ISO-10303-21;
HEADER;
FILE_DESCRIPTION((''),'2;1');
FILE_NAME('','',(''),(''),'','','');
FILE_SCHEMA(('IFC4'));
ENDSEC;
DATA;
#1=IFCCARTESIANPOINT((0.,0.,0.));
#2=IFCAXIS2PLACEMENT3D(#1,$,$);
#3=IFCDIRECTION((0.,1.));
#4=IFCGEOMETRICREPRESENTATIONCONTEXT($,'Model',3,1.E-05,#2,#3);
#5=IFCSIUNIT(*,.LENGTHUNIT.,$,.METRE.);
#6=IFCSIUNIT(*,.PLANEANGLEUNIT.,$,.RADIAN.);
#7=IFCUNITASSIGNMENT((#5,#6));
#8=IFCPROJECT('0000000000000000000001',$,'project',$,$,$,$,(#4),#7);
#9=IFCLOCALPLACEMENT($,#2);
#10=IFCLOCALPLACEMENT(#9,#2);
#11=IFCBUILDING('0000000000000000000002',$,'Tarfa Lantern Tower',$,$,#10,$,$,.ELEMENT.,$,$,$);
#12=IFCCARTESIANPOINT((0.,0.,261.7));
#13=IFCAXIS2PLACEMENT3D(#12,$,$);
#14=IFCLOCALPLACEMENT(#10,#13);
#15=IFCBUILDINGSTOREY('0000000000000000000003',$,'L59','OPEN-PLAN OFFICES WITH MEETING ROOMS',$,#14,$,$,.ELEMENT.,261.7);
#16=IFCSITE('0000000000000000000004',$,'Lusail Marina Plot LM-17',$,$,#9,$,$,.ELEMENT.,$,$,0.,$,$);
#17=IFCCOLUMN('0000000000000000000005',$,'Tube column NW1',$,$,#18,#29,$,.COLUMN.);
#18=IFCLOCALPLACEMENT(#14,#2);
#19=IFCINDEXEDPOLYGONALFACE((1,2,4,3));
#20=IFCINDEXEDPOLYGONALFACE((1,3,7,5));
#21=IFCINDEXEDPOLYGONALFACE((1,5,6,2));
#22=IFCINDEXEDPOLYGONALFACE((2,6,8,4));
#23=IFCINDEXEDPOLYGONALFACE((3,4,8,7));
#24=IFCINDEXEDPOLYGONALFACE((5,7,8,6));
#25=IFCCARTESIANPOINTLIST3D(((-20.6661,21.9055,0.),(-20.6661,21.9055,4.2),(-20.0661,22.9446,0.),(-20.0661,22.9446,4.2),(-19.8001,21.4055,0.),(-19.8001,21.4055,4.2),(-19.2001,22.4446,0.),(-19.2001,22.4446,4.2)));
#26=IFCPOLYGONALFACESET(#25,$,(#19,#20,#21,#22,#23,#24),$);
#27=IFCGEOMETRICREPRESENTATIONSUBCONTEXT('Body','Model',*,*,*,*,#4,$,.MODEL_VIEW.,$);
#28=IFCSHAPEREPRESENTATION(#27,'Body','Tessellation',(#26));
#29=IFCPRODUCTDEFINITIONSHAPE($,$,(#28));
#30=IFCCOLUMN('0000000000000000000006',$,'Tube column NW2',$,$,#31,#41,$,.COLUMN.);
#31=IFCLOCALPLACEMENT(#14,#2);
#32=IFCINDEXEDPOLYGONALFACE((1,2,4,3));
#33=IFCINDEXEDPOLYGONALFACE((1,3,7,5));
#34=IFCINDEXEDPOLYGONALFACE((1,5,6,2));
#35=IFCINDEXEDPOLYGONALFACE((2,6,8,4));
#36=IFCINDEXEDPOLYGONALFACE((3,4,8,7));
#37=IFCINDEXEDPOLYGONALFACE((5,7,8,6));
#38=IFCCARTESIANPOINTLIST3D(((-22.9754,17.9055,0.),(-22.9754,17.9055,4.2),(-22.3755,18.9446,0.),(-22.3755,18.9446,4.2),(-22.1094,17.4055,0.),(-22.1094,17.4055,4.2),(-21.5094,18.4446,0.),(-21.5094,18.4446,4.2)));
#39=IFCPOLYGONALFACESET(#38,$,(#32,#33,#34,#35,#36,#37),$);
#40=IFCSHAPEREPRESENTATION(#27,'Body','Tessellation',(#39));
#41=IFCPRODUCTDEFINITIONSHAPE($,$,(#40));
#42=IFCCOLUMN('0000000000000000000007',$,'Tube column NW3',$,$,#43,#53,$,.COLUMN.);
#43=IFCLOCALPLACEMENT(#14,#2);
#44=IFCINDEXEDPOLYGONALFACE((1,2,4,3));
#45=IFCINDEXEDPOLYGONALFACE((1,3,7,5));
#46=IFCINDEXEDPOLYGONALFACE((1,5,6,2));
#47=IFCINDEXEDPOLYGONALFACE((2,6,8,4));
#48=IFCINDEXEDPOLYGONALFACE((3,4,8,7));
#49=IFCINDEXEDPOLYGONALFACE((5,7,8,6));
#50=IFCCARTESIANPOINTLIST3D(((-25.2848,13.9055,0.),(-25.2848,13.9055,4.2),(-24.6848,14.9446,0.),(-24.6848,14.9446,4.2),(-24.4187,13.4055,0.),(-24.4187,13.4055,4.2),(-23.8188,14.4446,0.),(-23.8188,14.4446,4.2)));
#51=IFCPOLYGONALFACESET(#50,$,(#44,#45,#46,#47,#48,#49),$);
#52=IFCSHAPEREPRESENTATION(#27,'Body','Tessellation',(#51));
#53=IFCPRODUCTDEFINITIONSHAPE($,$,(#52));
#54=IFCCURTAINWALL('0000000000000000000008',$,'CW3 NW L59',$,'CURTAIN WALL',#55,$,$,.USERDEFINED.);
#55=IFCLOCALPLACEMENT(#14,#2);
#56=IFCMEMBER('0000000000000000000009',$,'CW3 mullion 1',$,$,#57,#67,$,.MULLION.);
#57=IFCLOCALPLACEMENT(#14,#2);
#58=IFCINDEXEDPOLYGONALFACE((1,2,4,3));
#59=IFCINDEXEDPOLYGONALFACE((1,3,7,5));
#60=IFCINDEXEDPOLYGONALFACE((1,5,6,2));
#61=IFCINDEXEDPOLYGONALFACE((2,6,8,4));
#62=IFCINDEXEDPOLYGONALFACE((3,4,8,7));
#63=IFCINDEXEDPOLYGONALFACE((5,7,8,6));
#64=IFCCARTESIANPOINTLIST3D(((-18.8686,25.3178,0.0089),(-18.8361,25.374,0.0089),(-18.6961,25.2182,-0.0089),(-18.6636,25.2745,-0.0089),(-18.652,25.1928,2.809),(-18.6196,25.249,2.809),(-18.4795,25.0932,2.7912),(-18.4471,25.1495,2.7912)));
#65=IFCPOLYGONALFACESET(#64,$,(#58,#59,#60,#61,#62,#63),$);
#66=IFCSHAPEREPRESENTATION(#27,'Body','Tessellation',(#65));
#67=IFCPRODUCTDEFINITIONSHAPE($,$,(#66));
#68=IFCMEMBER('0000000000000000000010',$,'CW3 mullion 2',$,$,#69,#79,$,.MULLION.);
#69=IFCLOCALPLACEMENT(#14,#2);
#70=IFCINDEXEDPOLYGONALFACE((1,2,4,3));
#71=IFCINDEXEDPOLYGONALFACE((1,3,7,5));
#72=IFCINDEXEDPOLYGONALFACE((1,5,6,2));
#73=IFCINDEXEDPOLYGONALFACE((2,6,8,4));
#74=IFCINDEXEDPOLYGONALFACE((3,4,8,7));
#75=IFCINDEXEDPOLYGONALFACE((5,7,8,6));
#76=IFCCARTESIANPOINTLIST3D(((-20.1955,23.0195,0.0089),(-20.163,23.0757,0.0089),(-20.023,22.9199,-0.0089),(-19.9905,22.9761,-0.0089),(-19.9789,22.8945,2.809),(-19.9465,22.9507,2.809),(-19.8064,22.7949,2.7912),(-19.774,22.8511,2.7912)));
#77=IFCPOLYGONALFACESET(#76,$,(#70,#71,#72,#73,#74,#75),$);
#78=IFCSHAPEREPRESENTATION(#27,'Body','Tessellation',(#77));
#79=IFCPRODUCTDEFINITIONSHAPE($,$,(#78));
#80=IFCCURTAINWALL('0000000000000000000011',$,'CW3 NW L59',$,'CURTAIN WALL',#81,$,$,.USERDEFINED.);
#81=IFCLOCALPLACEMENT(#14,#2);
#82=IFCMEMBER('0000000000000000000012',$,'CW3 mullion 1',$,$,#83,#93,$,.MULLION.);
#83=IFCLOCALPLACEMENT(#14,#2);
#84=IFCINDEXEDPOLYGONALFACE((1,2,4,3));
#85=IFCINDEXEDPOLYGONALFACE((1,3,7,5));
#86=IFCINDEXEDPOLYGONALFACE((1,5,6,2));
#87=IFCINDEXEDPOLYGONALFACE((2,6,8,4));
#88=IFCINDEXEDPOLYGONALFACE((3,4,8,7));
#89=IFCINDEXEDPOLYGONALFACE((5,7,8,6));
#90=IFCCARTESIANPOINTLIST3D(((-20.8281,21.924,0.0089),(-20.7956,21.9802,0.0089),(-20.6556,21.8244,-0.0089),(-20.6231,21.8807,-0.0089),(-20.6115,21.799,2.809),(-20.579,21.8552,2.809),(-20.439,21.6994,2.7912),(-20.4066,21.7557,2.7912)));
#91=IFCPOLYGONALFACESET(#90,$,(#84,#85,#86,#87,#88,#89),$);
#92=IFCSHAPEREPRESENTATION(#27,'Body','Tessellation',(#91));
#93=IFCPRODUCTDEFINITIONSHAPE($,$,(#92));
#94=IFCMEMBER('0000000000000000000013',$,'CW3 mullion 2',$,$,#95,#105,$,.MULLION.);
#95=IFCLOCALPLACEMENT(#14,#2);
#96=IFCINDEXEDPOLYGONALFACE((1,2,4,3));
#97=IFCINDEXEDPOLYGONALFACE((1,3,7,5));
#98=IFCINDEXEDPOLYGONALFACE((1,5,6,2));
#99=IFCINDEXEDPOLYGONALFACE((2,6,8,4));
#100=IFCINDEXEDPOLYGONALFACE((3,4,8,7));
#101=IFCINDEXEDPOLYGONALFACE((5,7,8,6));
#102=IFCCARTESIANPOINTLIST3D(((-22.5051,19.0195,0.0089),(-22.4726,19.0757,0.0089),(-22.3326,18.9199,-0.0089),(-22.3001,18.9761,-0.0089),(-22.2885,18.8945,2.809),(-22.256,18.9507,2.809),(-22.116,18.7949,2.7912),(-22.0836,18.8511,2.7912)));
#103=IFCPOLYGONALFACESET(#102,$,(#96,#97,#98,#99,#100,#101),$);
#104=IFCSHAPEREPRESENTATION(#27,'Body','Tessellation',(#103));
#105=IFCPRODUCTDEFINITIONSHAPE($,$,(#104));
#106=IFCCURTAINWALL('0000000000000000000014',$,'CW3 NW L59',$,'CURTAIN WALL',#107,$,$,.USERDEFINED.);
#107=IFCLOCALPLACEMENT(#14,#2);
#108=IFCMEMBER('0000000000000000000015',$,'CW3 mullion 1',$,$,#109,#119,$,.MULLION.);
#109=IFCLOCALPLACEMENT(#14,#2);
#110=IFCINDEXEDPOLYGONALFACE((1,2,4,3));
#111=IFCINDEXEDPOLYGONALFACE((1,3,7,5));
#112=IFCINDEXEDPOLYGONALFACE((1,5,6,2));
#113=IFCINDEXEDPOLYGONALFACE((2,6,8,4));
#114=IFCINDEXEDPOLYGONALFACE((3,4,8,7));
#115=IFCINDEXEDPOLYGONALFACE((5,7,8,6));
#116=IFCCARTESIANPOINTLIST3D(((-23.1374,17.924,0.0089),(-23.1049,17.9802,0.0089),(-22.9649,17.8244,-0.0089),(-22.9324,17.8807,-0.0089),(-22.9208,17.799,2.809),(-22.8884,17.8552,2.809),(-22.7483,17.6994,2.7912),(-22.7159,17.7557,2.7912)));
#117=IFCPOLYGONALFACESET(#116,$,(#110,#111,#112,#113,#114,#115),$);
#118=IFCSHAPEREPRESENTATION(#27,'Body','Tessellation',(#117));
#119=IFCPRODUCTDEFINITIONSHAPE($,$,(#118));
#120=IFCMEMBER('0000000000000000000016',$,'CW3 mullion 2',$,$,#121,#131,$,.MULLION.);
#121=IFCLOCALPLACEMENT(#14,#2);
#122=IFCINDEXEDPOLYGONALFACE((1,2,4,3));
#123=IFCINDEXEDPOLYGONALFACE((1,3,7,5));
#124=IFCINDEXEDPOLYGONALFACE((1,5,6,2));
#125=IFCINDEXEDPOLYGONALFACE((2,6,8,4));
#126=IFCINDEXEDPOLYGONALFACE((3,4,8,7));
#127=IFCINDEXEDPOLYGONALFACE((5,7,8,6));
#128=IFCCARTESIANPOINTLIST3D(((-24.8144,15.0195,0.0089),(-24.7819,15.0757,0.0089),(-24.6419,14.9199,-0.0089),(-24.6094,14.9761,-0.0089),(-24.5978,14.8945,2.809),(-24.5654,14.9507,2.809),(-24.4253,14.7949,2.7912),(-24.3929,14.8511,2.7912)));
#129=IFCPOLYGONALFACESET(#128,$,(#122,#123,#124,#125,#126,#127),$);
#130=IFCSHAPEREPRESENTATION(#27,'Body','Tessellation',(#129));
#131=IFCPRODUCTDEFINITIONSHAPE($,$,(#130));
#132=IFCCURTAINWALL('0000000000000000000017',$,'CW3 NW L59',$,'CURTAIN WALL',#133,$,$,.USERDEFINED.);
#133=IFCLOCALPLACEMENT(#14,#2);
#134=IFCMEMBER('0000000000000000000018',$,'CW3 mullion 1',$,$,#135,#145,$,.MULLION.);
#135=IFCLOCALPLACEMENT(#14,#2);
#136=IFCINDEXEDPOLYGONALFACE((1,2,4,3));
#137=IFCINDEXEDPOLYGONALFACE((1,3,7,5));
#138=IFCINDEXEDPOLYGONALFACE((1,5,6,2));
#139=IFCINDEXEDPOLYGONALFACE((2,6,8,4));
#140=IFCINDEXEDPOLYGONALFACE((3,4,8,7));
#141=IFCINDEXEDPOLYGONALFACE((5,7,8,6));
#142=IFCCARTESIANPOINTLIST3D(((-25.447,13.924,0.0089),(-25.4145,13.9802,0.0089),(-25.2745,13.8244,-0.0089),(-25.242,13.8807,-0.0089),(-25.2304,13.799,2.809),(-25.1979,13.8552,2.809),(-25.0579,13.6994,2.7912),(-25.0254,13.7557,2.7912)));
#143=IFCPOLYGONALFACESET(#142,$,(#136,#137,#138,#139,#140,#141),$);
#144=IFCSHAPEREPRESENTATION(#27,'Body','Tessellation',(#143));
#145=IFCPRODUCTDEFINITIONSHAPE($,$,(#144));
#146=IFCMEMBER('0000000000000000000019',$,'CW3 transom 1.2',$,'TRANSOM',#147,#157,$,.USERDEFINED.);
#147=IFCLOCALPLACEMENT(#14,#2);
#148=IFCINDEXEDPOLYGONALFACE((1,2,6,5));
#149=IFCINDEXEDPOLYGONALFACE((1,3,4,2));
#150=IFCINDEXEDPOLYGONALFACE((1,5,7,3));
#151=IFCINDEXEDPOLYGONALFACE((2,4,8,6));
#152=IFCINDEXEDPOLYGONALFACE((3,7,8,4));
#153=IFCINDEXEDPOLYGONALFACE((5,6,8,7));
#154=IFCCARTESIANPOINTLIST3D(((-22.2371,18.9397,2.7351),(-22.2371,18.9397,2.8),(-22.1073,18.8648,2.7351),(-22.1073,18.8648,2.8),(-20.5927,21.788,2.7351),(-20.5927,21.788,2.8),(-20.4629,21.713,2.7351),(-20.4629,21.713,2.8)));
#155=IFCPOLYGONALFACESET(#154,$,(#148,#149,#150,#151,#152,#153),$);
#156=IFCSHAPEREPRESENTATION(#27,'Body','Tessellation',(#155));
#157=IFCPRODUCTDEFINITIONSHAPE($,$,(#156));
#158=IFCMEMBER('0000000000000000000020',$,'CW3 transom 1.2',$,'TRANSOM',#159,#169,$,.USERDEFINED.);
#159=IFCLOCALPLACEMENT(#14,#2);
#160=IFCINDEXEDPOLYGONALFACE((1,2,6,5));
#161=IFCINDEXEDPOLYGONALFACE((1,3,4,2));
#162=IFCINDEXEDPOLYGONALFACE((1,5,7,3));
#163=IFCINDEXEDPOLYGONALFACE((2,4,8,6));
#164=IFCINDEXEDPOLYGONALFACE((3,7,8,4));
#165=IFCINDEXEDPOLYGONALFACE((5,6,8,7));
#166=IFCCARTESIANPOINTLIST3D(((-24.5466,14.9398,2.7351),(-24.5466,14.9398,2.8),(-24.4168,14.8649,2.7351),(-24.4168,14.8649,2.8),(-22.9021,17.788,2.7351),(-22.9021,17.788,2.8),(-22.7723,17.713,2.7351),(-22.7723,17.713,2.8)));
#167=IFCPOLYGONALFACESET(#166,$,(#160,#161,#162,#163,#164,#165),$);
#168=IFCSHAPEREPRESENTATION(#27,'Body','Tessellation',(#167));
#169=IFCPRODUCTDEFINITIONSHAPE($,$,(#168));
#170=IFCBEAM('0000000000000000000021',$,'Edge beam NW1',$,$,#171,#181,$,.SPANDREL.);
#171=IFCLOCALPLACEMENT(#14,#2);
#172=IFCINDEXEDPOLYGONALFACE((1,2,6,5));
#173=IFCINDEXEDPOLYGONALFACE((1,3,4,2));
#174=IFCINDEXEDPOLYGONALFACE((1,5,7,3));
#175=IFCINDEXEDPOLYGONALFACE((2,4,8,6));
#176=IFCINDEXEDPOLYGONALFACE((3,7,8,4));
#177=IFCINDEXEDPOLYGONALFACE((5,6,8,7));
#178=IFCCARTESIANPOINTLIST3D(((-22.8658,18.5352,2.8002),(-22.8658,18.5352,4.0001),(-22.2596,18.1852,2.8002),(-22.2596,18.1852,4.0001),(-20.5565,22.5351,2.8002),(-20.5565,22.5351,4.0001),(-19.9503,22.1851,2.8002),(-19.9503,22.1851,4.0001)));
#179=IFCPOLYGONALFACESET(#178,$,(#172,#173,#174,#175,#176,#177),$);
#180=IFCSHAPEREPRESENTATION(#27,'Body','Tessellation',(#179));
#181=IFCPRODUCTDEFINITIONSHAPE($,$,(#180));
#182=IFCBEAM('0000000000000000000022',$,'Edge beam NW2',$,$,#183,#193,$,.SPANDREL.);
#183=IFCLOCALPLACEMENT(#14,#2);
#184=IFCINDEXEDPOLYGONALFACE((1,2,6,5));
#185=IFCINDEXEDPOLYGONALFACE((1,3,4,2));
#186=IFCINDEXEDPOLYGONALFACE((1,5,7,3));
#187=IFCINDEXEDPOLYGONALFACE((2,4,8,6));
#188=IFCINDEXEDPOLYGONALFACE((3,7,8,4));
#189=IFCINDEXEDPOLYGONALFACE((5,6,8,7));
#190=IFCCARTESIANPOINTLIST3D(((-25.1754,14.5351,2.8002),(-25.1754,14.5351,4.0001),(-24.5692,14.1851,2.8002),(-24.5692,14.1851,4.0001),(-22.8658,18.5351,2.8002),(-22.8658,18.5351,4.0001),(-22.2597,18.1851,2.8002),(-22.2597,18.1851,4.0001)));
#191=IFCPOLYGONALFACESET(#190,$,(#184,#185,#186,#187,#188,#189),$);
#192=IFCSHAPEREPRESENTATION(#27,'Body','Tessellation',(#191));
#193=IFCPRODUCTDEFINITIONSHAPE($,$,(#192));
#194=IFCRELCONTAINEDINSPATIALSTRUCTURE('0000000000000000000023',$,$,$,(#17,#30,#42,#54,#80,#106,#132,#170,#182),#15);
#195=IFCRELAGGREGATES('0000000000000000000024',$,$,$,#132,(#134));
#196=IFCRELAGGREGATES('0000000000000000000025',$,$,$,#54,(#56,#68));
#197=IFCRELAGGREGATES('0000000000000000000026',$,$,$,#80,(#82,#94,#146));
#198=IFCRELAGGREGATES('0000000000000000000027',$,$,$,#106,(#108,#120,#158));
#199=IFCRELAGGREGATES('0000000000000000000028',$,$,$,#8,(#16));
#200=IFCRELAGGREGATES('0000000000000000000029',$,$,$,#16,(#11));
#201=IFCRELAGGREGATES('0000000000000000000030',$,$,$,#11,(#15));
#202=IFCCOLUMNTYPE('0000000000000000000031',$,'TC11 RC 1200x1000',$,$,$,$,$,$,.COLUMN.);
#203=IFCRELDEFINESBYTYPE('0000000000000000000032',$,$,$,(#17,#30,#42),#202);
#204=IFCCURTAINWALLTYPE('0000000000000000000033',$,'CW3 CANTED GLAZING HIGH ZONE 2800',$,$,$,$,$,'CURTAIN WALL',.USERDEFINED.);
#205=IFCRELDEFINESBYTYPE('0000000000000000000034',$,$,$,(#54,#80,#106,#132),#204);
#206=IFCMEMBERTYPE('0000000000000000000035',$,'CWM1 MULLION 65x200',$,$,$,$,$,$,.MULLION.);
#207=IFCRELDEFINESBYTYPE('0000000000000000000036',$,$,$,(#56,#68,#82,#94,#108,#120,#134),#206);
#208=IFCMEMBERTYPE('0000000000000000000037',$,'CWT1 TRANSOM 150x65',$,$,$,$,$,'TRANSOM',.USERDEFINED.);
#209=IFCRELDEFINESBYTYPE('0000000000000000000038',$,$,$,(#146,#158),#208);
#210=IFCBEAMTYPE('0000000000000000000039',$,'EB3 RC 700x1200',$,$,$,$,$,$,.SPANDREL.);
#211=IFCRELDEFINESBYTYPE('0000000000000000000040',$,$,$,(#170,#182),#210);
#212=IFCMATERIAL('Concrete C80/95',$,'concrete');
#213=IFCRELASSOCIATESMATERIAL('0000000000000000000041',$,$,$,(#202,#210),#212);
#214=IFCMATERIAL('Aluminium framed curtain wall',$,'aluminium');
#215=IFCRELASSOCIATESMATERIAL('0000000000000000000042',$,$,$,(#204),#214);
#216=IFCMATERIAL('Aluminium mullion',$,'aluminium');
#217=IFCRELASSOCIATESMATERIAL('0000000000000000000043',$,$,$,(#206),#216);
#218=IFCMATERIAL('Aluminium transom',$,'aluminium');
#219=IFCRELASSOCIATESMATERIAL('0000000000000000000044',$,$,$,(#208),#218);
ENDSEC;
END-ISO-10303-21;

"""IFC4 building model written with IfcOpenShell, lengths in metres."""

from ifc_helpers import new_model, si_unit, direction, frame, origin, origin_2d, place, context, subcontext, project, spatial, rectangle, extrude, material, material_profile, profile_set, type_object, element, aggregate, save


model = new_model("IFC4")

# Units and contexts
model_context = context("Model", 3, precision=1e-05, world=origin(), true_north=direction((0.0, 1.0)))
body_context = subcontext(model_context, "Body", "Model", "MODEL_VIEW")
ifc_project = project(units=[si_unit("LENGTHUNIT", "METRE"), si_unit("PLANEANGLEUNIT", "RADIAN")], contexts=[model_context])

# Site, building, storey
site_placement = place(None, origin())
site = spatial("IfcSite", under=ifc_project, at=site_placement, Name="Lusail Marina Plot LM-17", CompositionType="ELEMENT", RefElevation=0.0)
building_placement = place(site_placement, origin())
building = spatial("IfcBuilding", under=site, at=building_placement, Name="Tarfa Lantern Tower", CompositionType="ELEMENT")
storey_placement = place(building_placement, frame((0.0, 0.0, 261.7)))
storey = spatial("IfcBuildingStorey", under=building, at=storey_placement, Name="L59", Description="OPEN-PLAN OFFICES WITH MEETING ROOMS", CompositionType="ELEMENT", Elevation=261.7)

# Columns
ifc_material_1 = material(Name="Concrete C80/95", Category="concrete")
ifc_material_profile_1 = material_profile(ifc_material_1, rectangle(XDim=1.2, YDim=1.0, at=origin_2d()), Name="RC 1200x1000")
ifc_profile_set_1 = profile_set([ifc_material_profile_1], Name="Concrete C80/95")
column_type = type_object("IfcColumnType", Name="TC11 RC 1200x1000", PredefinedType="COLUMN", material=ifc_profile_set_1)
for number, where, z_axis, x_axis, name in (
    (1, (-19.9331, 22.175, 0.0), (0.0, 0.0, 1.0), (-0.5, -0.866025, 0.0), "Tube column NW1"),
    (2, (-22.2424, 18.175, 0.0), (0.0, 0.0, 1.0), (-0.5, -0.866025, 0.0), "Tube column NW2"),
    (3, (-24.5518, 14.175, 0.0), (0.0, 0.0, 1.0), (-0.5, -0.866025, 0.0), "Tube column NW3"),
):
    element("IfcColumn", number, at=place(storey_placement, frame(where, z_axis=z_axis, x_axis=x_axis)), inside=storey, type_object=column_type, Name=name, PredefinedType="COLUMN", context=body_context, shape_type="SweptSolid", body=[
        extrude(rectangle(XDim=1.2, YDim=1.0, at=origin_2d()), origin(), (0.0, 0.0, 1.0), 4.2),
    ])

# Curtain walls, members
ifc_material_2 = material(Name="Aluminium framed curtain wall", Category="aluminium")
curtain_wall_type = type_object("IfcCurtainWallType", Name="CW3 CANTED GLAZING HIGH ZONE 2800", ElementType="CURTAIN WALL", PredefinedType="USERDEFINED", material=ifc_material_2)
curtain_wall_1_placement = place(storey_placement, origin())
curtain_wall_1 = element("IfcCurtainWall", 4, at=curtain_wall_1_placement, inside=storey, type_object=curtain_wall_type, Name="CW3 NW L59", ObjectType="CURTAIN WALL", PredefinedType="USERDEFINED")
ifc_material_3 = material(Name="Aluminium mullion", Category="aluminium")
ifc_material_profile_2 = material_profile(ifc_material_3, rectangle(XDim=0.0649, YDim=0.2, at=origin_2d()), Name="AL MULLION 65x200")
ifc_profile_set_2 = profile_set([ifc_material_profile_2], Name="Aluminium mullion")
member_type_1 = type_object("IfcMemberType", Name="CWM1 MULLION 65x200", PredefinedType="MULLION", material=ifc_profile_set_2)
member_1_placement = place(storey_placement, frame((-18.7661, 25.2961, 0.0), z_axis=(0.077032, -0.044465, 0.996037), x_axis=(0.49992, 0.866072, 0.0)))
member_1 = element("IfcMember", 5, at=member_1_placement, type_object=member_type_1, Name="CW3 mullion 1", PredefinedType="MULLION", context=body_context, shape_type="SweptSolid", body=[
    extrude(rectangle(XDim=0.0649, YDim=0.2, at=origin_2d()), origin(), (0.0, 0.0, 1.0), 2.8113),
])
member_2_placement = place(storey_placement, frame((-20.093, 22.9978, 0.0), z_axis=(0.077032, -0.044465, 0.996037), x_axis=(0.49992, 0.866072, 0.0)))
member_2 = element("IfcMember", 6, at=member_2_placement, type_object=member_type_1, Name="CW3 mullion 2", PredefinedType="MULLION", context=body_context, shape_type="SweptSolid", body=[
    extrude(rectangle(XDim=0.0649, YDim=0.2, at=origin_2d()), origin(), (0.0, 0.0, 1.0), 2.8113),
])
curtain_wall_2_placement = place(storey_placement, origin())
curtain_wall_2 = element("IfcCurtainWall", 7, at=curtain_wall_2_placement, inside=storey, type_object=curtain_wall_type, Name="CW3 NW L59", ObjectType="CURTAIN WALL", PredefinedType="USERDEFINED")
member_3_placement = place(storey_placement, frame((-20.7256, 21.9023, 0.0), z_axis=(0.077032, -0.044465, 0.996037), x_axis=(0.49992, 0.866072, 0.0)))
member_3 = element("IfcMember", 8, at=member_3_placement, type_object=member_type_1, Name="CW3 mullion 1", PredefinedType="MULLION", context=body_context, shape_type="SweptSolid", body=[
    extrude(rectangle(XDim=0.0649, YDim=0.2, at=origin_2d()), origin(), (0.0, 0.0, 1.0), 2.8113),
])
member_4_placement = place(storey_placement, frame((-22.4026, 18.9978, 0.0), z_axis=(0.077032, -0.044465, 0.996037), x_axis=(0.49992, 0.866072, 0.0)))
member_4 = element("IfcMember", 9, at=member_4_placement, type_object=member_type_1, Name="CW3 mullion 2", PredefinedType="MULLION", context=body_context, shape_type="SweptSolid", body=[
    extrude(rectangle(XDim=0.0649, YDim=0.2, at=origin_2d()), origin(), (0.0, 0.0, 1.0), 2.8113),
])
curtain_wall_3_placement = place(storey_placement, origin())
curtain_wall_3 = element("IfcCurtainWall", 10, at=curtain_wall_3_placement, inside=storey, type_object=curtain_wall_type, Name="CW3 NW L59", ObjectType="CURTAIN WALL", PredefinedType="USERDEFINED")
member_5_placement = place(storey_placement, frame((-23.0349, 17.9023, 0.0), z_axis=(0.077032, -0.044465, 0.996037), x_axis=(0.49992, 0.866072, 0.0)))
member_5 = element("IfcMember", 11, at=member_5_placement, type_object=member_type_1, Name="CW3 mullion 1", PredefinedType="MULLION", context=body_context, shape_type="SweptSolid", body=[
    extrude(rectangle(XDim=0.0649, YDim=0.2, at=origin_2d()), origin(), (0.0, 0.0, 1.0), 2.8113),
])
member_6_placement = place(storey_placement, frame((-24.7119, 14.9978, 0.0), z_axis=(0.077032, -0.044465, 0.996037), x_axis=(0.49992, 0.866072, 0.0)))
member_6 = element("IfcMember", 12, at=member_6_placement, type_object=member_type_1, Name="CW3 mullion 2", PredefinedType="MULLION", context=body_context, shape_type="SweptSolid", body=[
    extrude(rectangle(XDim=0.0649, YDim=0.2, at=origin_2d()), origin(), (0.0, 0.0, 1.0), 2.8113),
])

# Curtain wall, member
curtain_wall_4_placement = place(storey_placement, origin())
curtain_wall_4 = element("IfcCurtainWall", 13, at=curtain_wall_4_placement, inside=storey, type_object=curtain_wall_type, Name="CW3 NW L59", ObjectType="CURTAIN WALL", PredefinedType="USERDEFINED")
member_7_placement = place(storey_placement, frame((-25.3445, 13.9023, 0.0), z_axis=(0.077032, -0.044465, 0.996037), x_axis=(0.49992, 0.866072, 0.0)))
member_7 = element("IfcMember", 14, at=member_7_placement, type_object=member_type_1, Name="CW3 mullion 1", PredefinedType="MULLION", context=body_context, shape_type="SweptSolid", body=[
    extrude(rectangle(XDim=0.0649, YDim=0.2, at=origin_2d()), origin(), (0.0, 0.0, 1.0), 2.8113),
])
aggregate(curtain_wall_4, [member_7])

# Members
ifc_material_4 = material(Name="Aluminium transom", Category="aluminium")
ifc_material_profile_3 = material_profile(ifc_material_4, rectangle(XDim=0.1499, YDim=0.0649, at=origin_2d()), Name="AL TRANSOM 150x65")
ifc_profile_set_3 = profile_set([ifc_material_profile_3], Name="Aluminium transom")
member_type_2 = type_object("IfcMemberType", Name="CWT1 TRANSOM 150x65", ElementType="TRANSOM", PredefinedType="USERDEFINED", material=ifc_profile_set_3)
member_8_placement = place(storey_placement, frame((-20.5278, 21.7505, 2.7676), z_axis=(-0.499979, -0.866037, 0.0), x_axis=(0.866037, -0.499979, 0.0)))
member_8 = element("IfcMember", 15, at=member_8_placement, type_object=member_type_2, Name="CW3 transom 1.2", ObjectType="TRANSOM", PredefinedType="USERDEFINED", context=body_context, shape_type="SweptSolid", body=[
    extrude(rectangle(XDim=0.1499, YDim=0.0649, at=origin_2d()), origin(), (0.0, 0.0, 1.0), 3.2888),
])
member_9_placement = place(storey_placement, frame((-22.8372, 17.7505, 2.7676), z_axis=(-0.500035, -0.866005, 0.0), x_axis=(0.866005, -0.500035, 0.0)))
member_9 = element("IfcMember", 16, at=member_9_placement, type_object=member_type_2, Name="CW3 transom 1.2", ObjectType="TRANSOM", PredefinedType="USERDEFINED", context=body_context, shape_type="SweptSolid", body=[
    extrude(rectangle(XDim=0.1499, YDim=0.0649, at=origin_2d()), origin(), (0.0, 0.0, 1.0), 3.2888),
])

# Beams
ifc_material_profile_4 = material_profile(ifc_material_1, rectangle(XDim=0.7, YDim=1.2, at=origin_2d()), Name="RC 700x1200")
ifc_profile_set_4 = profile_set([ifc_material_profile_4], Name="Concrete C80/95")
beam_type_1 = type_object("IfcBeamType", Name="EB3 RC 700x1200", PredefinedType="SPANDREL", material=ifc_profile_set_4)
beam_1_placement = place(storey_placement, frame((-20.2534, 22.3601, 3.4001), z_axis=(-0.499988, -0.866032, 0.0), x_axis=(0.866032, -0.499988, 0.0)))
element("IfcBeam", 17, at=beam_1_placement, inside=storey, type_object=beam_type_1, Name="Edge beam NW1", PredefinedType="SPANDREL", context=body_context, shape_type="SweptSolid", body=[
    extrude(rectangle(XDim=0.7, YDim=1.2, at=origin_2d()), origin(), (0.0, 0.0, 1.0), 4.6187),
])
beam_2_placement = place(storey_placement, frame((-22.5627, 18.3601, 3.4001), z_axis=(-0.500027, -0.86601, 0.0), x_axis=(0.86601, -0.500027, 0.0)))
element("IfcBeam", 18, at=beam_2_placement, inside=storey, type_object=beam_type_1, Name="Edge beam NW2", PredefinedType="SPANDREL", context=body_context, shape_type="SweptSolid", body=[
    extrude(rectangle(XDim=0.7, YDim=1.2, at=origin_2d()), origin(), (0.0, 0.0, 1.0), 4.6189),
])

aggregate(curtain_wall_1, [member_1, member_2])
aggregate(curtain_wall_2, [member_3, member_4, member_8])
aggregate(curtain_wall_3, [member_5, member_6, member_9])

save(model, "model.ifc")
